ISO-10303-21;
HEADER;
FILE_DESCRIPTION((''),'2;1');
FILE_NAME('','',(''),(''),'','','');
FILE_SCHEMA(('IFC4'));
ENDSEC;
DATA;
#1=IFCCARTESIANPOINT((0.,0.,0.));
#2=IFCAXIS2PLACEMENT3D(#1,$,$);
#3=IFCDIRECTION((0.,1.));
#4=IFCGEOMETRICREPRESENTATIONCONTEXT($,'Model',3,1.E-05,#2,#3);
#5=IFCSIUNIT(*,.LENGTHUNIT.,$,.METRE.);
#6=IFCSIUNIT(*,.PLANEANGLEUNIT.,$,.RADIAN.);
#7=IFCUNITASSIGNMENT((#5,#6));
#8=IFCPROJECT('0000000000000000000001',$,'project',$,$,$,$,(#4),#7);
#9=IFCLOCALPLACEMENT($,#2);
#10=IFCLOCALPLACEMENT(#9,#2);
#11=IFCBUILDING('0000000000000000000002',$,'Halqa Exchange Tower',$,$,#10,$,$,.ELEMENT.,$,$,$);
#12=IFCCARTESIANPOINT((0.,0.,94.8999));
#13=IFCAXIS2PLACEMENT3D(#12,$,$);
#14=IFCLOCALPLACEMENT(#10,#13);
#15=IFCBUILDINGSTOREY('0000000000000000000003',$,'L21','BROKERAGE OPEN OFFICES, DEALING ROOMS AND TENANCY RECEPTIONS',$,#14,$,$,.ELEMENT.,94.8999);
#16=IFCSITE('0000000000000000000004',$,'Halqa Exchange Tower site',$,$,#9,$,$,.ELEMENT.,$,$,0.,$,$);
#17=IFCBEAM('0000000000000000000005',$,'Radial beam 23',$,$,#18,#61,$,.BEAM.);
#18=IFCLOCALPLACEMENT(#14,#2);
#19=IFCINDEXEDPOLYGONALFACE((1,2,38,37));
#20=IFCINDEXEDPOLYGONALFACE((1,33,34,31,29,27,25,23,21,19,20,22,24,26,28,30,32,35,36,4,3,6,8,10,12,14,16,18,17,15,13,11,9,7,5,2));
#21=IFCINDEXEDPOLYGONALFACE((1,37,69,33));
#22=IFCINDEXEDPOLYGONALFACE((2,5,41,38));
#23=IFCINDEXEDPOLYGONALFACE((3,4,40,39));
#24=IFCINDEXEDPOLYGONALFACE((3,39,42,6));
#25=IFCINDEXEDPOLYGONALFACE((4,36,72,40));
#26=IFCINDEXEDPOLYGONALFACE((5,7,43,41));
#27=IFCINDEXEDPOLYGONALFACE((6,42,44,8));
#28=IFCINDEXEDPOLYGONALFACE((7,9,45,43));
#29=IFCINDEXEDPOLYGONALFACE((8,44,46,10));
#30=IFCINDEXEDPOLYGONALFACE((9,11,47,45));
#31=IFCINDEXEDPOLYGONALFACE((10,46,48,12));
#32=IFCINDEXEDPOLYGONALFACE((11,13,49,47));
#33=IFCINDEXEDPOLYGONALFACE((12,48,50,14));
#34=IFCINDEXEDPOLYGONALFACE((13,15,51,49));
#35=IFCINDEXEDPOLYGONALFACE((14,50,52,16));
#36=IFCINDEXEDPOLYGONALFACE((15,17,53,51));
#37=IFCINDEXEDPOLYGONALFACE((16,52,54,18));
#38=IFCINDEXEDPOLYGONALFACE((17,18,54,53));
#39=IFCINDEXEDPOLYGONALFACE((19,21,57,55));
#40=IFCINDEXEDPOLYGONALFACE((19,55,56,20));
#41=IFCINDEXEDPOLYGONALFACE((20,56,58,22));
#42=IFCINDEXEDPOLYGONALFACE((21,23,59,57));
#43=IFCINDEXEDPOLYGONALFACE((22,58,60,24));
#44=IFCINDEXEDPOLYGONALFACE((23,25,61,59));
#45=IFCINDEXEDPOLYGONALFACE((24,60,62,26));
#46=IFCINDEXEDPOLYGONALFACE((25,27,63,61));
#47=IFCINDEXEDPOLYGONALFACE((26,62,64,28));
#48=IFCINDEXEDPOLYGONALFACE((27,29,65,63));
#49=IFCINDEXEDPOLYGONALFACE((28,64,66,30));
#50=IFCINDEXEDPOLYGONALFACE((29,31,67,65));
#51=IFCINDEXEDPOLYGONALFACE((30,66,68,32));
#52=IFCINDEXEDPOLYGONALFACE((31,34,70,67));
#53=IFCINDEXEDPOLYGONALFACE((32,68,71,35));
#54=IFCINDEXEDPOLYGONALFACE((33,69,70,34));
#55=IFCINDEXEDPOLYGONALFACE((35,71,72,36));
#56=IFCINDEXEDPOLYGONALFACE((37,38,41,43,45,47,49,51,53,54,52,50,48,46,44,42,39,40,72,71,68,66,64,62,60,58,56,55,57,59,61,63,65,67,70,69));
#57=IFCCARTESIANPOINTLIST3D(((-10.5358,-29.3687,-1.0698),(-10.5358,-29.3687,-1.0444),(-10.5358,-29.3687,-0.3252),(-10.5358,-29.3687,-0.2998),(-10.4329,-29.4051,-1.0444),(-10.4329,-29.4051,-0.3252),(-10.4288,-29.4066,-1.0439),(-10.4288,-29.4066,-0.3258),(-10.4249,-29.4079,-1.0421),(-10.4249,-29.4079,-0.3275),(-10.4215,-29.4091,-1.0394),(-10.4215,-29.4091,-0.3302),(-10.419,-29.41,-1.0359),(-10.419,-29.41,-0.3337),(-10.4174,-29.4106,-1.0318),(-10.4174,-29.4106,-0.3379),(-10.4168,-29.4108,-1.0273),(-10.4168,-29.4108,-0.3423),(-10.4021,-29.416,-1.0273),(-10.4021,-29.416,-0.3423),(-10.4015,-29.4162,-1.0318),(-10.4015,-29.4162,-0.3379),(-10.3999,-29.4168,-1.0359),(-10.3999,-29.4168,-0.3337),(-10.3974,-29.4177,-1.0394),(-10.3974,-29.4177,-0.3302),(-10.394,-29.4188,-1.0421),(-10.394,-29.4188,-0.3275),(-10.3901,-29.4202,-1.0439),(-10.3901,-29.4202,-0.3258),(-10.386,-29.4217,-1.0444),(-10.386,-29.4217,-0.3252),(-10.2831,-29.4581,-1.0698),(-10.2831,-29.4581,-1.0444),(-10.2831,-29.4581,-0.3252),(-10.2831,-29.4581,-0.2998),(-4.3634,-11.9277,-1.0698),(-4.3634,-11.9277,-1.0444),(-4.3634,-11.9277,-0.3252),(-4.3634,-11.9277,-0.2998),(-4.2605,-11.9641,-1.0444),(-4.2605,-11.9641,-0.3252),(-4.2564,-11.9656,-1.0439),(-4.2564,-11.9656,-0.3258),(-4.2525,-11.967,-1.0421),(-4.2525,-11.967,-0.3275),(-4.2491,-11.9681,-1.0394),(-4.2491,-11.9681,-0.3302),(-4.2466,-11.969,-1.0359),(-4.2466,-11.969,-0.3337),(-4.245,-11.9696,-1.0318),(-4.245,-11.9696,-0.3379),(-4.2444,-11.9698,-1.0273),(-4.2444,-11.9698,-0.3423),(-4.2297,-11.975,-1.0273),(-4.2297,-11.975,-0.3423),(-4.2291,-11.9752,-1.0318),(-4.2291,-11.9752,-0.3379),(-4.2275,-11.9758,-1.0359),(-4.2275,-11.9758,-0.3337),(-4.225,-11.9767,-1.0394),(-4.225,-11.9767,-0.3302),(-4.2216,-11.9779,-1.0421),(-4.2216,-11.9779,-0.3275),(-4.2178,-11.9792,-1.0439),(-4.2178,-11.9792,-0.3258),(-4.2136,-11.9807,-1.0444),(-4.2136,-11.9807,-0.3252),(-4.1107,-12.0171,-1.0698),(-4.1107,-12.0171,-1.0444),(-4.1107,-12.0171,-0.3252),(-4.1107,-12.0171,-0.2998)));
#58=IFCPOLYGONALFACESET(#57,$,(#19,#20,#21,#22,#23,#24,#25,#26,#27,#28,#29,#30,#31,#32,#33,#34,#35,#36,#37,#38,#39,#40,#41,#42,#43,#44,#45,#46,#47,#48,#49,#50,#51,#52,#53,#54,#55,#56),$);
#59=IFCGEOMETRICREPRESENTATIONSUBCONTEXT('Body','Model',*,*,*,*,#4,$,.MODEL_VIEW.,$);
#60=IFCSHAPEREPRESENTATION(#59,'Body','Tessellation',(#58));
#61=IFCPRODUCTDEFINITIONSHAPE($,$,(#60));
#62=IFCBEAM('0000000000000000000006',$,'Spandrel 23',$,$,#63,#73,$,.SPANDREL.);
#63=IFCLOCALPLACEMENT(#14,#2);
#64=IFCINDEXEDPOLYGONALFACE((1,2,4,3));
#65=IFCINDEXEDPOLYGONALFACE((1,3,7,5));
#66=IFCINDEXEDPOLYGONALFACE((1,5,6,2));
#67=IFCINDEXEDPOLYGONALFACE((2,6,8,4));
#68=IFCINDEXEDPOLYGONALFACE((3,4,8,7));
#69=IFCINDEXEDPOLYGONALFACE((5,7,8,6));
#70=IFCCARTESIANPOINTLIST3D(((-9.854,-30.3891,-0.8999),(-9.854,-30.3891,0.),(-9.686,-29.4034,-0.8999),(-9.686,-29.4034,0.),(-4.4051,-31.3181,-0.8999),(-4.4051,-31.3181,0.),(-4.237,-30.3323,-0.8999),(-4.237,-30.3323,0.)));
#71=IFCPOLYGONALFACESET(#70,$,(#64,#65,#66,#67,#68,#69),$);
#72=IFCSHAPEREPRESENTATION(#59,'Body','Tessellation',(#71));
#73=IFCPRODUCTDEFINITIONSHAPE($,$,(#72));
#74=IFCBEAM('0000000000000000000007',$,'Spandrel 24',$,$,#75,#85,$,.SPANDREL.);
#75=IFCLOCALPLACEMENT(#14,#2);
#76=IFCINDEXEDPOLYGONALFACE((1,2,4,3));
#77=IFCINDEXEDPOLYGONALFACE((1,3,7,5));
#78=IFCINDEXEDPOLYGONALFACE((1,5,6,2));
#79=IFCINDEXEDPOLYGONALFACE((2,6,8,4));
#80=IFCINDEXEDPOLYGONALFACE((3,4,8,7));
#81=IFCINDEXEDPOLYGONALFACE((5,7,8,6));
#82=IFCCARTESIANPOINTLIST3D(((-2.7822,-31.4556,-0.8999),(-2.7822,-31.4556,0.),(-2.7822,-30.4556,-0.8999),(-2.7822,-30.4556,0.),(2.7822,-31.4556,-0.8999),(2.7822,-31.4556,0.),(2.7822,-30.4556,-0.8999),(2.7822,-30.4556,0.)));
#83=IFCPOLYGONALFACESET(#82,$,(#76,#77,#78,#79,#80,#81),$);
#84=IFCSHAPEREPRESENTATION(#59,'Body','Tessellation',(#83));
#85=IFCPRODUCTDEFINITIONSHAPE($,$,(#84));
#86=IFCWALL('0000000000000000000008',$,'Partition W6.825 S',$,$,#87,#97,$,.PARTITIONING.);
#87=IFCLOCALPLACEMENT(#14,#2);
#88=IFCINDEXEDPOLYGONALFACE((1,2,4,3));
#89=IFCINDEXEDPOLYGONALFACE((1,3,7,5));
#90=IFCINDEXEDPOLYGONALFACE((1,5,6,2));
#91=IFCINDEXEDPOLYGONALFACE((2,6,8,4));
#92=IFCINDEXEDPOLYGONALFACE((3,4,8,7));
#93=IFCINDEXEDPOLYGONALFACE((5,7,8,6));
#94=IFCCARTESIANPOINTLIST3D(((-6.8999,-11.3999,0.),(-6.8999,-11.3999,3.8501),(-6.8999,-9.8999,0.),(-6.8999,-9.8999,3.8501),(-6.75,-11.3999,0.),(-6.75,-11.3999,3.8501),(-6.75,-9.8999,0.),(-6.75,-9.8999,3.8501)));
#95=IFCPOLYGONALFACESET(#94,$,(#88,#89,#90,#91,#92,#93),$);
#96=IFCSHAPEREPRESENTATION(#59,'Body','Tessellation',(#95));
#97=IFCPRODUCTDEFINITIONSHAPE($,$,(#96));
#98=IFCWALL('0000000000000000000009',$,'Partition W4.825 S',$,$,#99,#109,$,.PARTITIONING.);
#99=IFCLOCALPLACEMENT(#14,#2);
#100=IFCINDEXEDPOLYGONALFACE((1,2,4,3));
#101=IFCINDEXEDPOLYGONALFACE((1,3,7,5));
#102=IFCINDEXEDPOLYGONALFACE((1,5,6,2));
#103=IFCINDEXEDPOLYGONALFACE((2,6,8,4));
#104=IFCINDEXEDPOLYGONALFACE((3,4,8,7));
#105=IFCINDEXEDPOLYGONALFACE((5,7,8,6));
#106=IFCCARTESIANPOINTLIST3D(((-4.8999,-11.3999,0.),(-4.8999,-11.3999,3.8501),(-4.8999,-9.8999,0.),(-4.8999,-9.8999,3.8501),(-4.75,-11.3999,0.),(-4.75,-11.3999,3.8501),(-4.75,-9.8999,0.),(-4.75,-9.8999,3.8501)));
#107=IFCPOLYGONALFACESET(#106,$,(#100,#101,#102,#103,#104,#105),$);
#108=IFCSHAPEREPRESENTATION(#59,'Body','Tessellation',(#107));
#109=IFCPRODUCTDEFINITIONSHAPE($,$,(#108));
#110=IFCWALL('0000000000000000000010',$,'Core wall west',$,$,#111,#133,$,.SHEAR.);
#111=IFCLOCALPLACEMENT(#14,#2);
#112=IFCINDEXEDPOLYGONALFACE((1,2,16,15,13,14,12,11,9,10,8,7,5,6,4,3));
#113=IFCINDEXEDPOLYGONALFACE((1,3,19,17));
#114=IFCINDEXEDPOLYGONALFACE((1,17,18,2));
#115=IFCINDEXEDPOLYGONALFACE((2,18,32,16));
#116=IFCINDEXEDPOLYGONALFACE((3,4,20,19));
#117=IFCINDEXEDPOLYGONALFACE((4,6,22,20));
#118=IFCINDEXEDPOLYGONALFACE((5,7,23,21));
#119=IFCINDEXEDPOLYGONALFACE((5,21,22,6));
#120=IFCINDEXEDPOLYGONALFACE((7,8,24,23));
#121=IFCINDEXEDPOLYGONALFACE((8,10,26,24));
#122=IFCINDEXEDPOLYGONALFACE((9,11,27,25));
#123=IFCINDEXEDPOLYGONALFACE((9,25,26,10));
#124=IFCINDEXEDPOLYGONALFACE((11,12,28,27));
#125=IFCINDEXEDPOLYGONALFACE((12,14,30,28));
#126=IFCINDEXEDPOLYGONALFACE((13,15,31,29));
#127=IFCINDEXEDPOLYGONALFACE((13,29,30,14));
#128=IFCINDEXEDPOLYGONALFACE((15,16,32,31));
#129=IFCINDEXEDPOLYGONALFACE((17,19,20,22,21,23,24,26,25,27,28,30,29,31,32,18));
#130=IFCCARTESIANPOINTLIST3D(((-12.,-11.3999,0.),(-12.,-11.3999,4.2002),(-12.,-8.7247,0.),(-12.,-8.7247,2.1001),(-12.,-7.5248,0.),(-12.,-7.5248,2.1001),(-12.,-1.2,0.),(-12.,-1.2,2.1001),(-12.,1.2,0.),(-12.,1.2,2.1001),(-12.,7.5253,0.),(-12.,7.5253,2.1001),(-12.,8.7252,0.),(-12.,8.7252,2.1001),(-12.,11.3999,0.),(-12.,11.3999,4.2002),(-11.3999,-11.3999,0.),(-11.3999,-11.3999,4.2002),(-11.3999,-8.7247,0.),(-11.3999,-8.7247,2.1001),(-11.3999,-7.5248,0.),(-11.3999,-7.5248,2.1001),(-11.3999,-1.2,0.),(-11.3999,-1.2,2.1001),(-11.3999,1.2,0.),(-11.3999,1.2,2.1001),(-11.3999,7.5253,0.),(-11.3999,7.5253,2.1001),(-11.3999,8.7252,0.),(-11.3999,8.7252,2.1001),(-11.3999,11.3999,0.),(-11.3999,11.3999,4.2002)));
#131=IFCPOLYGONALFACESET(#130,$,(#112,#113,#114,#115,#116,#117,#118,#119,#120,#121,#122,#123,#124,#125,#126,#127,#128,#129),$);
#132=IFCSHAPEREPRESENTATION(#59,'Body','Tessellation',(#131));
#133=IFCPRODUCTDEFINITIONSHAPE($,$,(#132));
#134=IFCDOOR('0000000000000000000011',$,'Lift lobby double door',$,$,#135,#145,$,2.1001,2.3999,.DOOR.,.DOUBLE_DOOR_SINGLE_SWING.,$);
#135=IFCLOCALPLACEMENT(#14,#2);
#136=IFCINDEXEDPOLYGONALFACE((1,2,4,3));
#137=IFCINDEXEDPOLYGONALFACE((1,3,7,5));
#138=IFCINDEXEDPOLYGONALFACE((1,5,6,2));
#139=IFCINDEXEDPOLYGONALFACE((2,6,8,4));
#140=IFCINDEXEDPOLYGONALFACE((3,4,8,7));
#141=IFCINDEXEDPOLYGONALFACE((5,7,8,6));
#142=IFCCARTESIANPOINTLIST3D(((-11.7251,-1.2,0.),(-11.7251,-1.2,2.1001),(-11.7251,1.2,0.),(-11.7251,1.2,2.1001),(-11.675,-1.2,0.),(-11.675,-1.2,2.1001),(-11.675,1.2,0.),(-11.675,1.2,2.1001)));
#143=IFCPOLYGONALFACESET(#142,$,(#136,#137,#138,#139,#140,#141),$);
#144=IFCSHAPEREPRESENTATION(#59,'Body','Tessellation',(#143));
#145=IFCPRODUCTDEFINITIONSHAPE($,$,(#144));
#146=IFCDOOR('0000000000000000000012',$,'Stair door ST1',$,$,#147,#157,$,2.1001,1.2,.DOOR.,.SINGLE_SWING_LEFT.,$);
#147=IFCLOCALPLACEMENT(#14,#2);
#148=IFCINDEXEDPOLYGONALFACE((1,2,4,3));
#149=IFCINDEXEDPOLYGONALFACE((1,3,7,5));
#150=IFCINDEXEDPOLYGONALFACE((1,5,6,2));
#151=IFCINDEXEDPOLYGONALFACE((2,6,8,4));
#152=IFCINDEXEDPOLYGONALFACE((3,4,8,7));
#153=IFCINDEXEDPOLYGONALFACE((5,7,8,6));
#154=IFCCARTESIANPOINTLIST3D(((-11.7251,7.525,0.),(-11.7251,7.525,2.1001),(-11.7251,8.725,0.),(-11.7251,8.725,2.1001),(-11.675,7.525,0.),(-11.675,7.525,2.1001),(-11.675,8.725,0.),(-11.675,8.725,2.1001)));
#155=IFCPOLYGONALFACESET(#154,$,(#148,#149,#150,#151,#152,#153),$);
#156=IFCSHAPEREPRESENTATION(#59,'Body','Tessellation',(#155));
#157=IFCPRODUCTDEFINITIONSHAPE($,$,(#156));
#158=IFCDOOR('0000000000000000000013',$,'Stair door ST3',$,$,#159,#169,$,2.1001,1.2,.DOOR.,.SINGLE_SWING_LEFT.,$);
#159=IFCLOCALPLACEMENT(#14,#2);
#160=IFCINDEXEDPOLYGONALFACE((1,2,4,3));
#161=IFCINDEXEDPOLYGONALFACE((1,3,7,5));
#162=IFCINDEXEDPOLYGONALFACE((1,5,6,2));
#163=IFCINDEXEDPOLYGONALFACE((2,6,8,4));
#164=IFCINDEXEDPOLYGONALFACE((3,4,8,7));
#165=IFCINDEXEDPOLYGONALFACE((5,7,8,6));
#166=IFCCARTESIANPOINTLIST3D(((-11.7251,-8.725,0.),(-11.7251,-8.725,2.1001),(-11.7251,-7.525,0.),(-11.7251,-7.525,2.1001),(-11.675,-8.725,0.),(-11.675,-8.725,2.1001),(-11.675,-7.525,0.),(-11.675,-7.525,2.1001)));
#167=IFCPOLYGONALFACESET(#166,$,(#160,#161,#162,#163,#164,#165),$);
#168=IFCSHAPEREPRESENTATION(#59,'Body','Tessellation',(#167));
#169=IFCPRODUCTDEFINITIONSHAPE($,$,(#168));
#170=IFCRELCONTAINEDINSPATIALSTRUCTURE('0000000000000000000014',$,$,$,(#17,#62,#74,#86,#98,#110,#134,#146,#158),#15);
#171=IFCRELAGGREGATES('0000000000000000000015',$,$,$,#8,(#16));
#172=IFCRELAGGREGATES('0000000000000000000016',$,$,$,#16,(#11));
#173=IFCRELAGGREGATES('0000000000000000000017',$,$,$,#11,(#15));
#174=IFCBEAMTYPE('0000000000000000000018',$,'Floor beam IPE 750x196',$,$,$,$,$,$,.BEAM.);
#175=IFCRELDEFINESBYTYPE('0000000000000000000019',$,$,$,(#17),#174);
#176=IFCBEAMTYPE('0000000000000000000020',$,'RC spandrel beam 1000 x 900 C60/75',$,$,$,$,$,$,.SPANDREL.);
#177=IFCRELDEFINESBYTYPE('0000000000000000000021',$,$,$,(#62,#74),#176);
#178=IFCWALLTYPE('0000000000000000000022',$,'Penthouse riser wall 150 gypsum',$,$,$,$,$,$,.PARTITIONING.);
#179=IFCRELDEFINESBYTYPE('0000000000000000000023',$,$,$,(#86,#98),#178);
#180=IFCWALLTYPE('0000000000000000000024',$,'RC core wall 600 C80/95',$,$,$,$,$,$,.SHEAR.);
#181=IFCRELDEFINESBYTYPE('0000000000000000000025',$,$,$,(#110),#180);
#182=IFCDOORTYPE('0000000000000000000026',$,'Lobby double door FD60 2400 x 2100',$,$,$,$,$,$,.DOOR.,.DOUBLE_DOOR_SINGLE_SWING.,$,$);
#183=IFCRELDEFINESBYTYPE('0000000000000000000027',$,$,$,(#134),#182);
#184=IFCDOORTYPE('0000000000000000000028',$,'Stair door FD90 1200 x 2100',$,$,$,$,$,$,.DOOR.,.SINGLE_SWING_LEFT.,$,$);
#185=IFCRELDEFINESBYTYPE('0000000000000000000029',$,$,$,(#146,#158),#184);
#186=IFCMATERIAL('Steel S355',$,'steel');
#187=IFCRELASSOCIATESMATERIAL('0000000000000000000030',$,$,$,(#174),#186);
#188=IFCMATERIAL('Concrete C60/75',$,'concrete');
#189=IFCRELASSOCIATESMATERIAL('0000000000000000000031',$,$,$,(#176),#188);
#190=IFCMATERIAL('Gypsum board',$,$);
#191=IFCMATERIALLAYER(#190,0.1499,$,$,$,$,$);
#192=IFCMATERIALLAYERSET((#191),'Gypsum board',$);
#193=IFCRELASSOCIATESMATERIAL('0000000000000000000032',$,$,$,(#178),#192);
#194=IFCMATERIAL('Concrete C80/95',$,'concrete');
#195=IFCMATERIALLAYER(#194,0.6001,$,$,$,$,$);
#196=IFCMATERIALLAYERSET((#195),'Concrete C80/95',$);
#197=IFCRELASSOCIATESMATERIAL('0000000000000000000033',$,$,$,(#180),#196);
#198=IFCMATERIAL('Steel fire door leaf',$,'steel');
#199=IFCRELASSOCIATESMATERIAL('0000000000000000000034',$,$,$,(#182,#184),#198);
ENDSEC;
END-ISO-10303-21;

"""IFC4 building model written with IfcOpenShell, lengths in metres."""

from ifc_helpers import new_model, si_unit, direction, frame, frame_2d, origin, origin_2d, place, context, subcontext, project, spatial, rectangle, i_section, extrude, material, layer, layer_set, material_profile, profile_set, type_object, element, fill, save


model = new_model("IFC4")

# Units and contexts
model_context = context("Model", 3, precision=1e-05, world=origin(), true_north=direction((0.0, 1.0)))
body_context = subcontext(model_context, "Body", "Model", "MODEL_VIEW")
ifc_project = project(units=[si_unit("LENGTHUNIT", "METRE"), si_unit("PLANEANGLEUNIT", "RADIAN")], contexts=[model_context])

# Site, building, storey
site_placement = place(None, origin())
site = spatial("IfcSite", under=ifc_project, at=site_placement, Name="Halqa Exchange Tower site", CompositionType="ELEMENT", RefElevation=0.0)
building_placement = place(site_placement, origin())
building = spatial("IfcBuilding", under=site, at=building_placement, Name="Halqa Exchange Tower", CompositionType="ELEMENT")
storey_placement = place(building_placement, frame((0.0, 0.0, 94.8999)))
storey = spatial("IfcBuildingStorey", under=building, at=storey_placement, Name="L21", Description="BROKERAGE OPEN OFFICES, DEALING ROOMS AND TENANCY RECEPTIONS", CompositionType="ELEMENT", Elevation=94.8999)

# Beams
ifc_material_1 = material(Name="Steel S355", Category="steel")
ifc_material_profile_1 = material_profile(ifc_material_1, i_section(OverallWidth=0.2681, OverallDepth=0.77, WebThickness=0.0156, FlangeThickness=0.0254, FilletRadius=0.0171, at=origin_2d()), Name="IPE 750x196")
ifc_profile_set_1 = profile_set([ifc_material_profile_1], Name="Steel S355")
beam_type_1 = type_object("IfcBeamType", Name="Floor beam IPE 750x196", PredefinedType="BEAM", material=ifc_profile_set_1)
beam_1_placement = place(storey_placement, frame((-4.2371, -11.9724, -0.6848), z_axis=(-0.333625, -0.942706, 0.0), x_axis=(0.942706, -0.333625, 0.0)))
element("IfcBeam", 1, at=beam_1_placement, inside=storey, type_object=beam_type_1, Name="Radial beam 23", PredefinedType="BEAM", context=body_context, shape_type="SweptSolid", body=[
    extrude(i_section(OverallWidth=0.2681, OverallDepth=0.77, WebThickness=0.0156, FlangeThickness=0.0254, FilletRadius=0.0171, at=origin_2d()), origin(), (0.0, 0.0, 1.0), 18.501),
])
ifc_material_2 = material(Name="Concrete C60/75", Category="concrete")
ifc_material_profile_2 = material_profile(ifc_material_2, rectangle(XDim=1.0, YDim=0.8999, at=origin_2d()), Name="1000 x 900")
ifc_profile_set_2 = profile_set([ifc_material_profile_2], Name="Concrete C60/75")
beam_type_2 = type_object("IfcBeamType", Name="RC spandrel beam 1000 x 900 C60/75", PredefinedType="SPANDREL", material=ifc_profile_set_2)
beam_2_placement = place(storey_placement, frame((-9.77, -29.8962, -0.45), z_axis=(0.985777, -0.168058, 0.0), x_axis=(0.168058, 0.985777, 0.0)))
element("IfcBeam", 2, at=beam_2_placement, inside=storey, type_object=beam_type_2, Name="Spandrel 23", PredefinedType="SPANDREL", context=body_context, shape_type="SweptSolid", body=[
    extrude(rectangle(XDim=1.0, YDim=0.8999, at=origin_2d()), origin(), (0.0, 0.0, 1.0), 5.5276),
])
beam_3_placement = place(storey_placement, frame((-2.7822, -30.9556, -0.45), z_axis=(1.0, 0.0, 0.0), x_axis=(0.0, 1.0, 0.0)))
element("IfcBeam", 3, at=beam_3_placement, inside=storey, type_object=beam_type_2, Name="Spandrel 24", PredefinedType="SPANDREL", context=body_context, shape_type="SweptSolid", body=[
    extrude(rectangle(XDim=1.0, YDim=0.8999, at=origin_2d()), origin(), (0.0, 0.0, 1.0), 5.5645),
])

# Walls
ifc_material_3 = material(Name="Gypsum board")
ifc_layer_1 = layer(ifc_material_3, 0.1499)
ifc_layer_set_1 = layer_set([ifc_layer_1], Name="Gypsum board")
wall_type_1 = type_object("IfcWallType", Name="Penthouse riser wall 150 gypsum", PredefinedType="PARTITIONING", material=ifc_layer_set_1)
for number, where, z_axis, x_axis, name in (
    (4, (-6.825, -11.3999, 0.0), (0.0, 0.0, 1.0), (0.0, 1.0, 0.0), "Partition W6.825 S"),
    (5, (-4.825, -11.3999, 0.0), (0.0, 0.0, 1.0), (0.0, 1.0, 0.0), "Partition W4.825 S"),
):
    element("IfcWall", number, at=place(storey_placement, frame(where, z_axis=z_axis, x_axis=x_axis)), inside=storey, type_object=wall_type_1, Name=name, PredefinedType="PARTITIONING", context=body_context, shape_type="SweptSolid", body=[
        extrude(rectangle(XDim=1.5, YDim=0.1499, at=frame_2d((0.75, 0.0))), origin(), (0.0, 0.0, 1.0), 3.8501),
    ])

# Wall, openings, doors
ifc_material_4 = material(Name="Concrete C80/95", Category="concrete")
ifc_layer_2 = layer(ifc_material_4, 0.6001)
ifc_layer_set_2 = layer_set([ifc_layer_2], Name="Concrete C80/95")
wall_type_2 = type_object("IfcWallType", Name="RC core wall 600 C80/95", PredefinedType="SHEAR", material=ifc_layer_set_2)
wall_1_placement = place(storey_placement, frame((-11.7, -11.3999, 0.0), z_axis=(0.0, 0.0, 1.0), x_axis=(0.0, 1.0, 0.0)))
wall_1 = element("IfcWall", 6, at=wall_1_placement, inside=storey, type_object=wall_type_2, Name="Core wall west", PredefinedType="SHEAR", context=body_context, shape_type="SweptSolid", body=[
    extrude(rectangle(XDim=22.7998, YDim=0.6001, at=frame_2d((11.3999, 0.0))), origin(), (0.0, 0.0, 1.0), 4.2002),
])
opening_1_placement = place(wall_1_placement, frame((10.2, 0.0, 0.0)))
opening_1 = element("IfcOpeningElement", 7, at=opening_1_placement, cuts=wall_1, PredefinedType="OPENING", context=body_context, shape_type="SweptSolid", body=[
    extrude(rectangle(XDim=2.3999, YDim=2.1001, at=frame_2d((1.2, 1.05))), frame((0.0, 0.312, 0.0), z_axis=(0.0, -1.0, 0.0), x_axis=(1.0, 0.0, 0.0)), (0.0, 0.0, 1.0), 0.624),
])
opening_2_placement = place(wall_1_placement, frame((18.925, 0.0, 0.0)))
opening_2 = element("IfcOpeningElement", 8, at=opening_2_placement, cuts=wall_1, PredefinedType="OPENING", context=body_context, shape_type="SweptSolid", body=[
    extrude(rectangle(XDim=1.2, YDim=2.1001, at=frame_2d((0.6001, 1.05))), frame((0.0, 0.312, 0.0), z_axis=(0.0, -1.0, 0.0), x_axis=(1.0, 0.0, 0.0)), (0.0, 0.0, 1.0), 0.624),
])
opening_3_placement = place(wall_1_placement, frame((2.675, 0.0, 0.0)))
opening_3 = element("IfcOpeningElement", 9, at=opening_3_placement, cuts=wall_1, PredefinedType="OPENING", context=body_context, shape_type="SweptSolid", body=[
    extrude(rectangle(XDim=1.2, YDim=2.1001, at=frame_2d((0.6001, 1.05))), frame((0.0, 0.312, 0.0), z_axis=(0.0, -1.0, 0.0), x_axis=(1.0, 0.0, 0.0)), (0.0, 0.0, 1.0), 0.624),
])
ifc_material_5 = material(Name="Steel fire door leaf", Category="steel")
door_type_1 = type_object("IfcDoorType", Name="Lobby double door FD60 2400 x 2100", OperationType="DOUBLE_DOOR_SINGLE_SWING", PredefinedType="DOOR", material=ifc_material_5)
door_1_placement = place(opening_1_placement, frame((2.3999, 0.0, 0.0), z_axis=(0.0, 0.0, 1.0), x_axis=(-1.0, 0.0, 0.0)))
door_1 = element("IfcDoor", 10, at=door_1_placement, inside=storey, type_object=door_type_1, Name="Lift lobby double door", OperationType="DOUBLE_DOOR_SINGLE_SWING", OverallHeight=2.1001, OverallWidth=2.3999, PredefinedType="DOOR", context=body_context, shape_type="SweptSolid", body=[
    extrude(rectangle(XDim=2.3999, YDim=2.1001, at=frame_2d((1.2, 1.05))), frame((0.0, 0.0249, 0.0), z_axis=(0.0, -1.0, 0.0), x_axis=(1.0, 0.0, 0.0)), (0.0, 0.0, 1.0), 0.05),
])
fill(opening_1, door_1)
door_type_2 = type_object("IfcDoorType", Name="Stair door FD90 1200 x 2100", OperationType="SINGLE_SWING_LEFT", PredefinedType="DOOR", material=ifc_material_5)
door_2_placement = place(opening_2_placement, frame((1.2, 0.0, 0.0), z_axis=(0.0, 0.0, 1.0), x_axis=(-1.0, 0.0, 0.0)))
door_2 = element("IfcDoor", 11, at=door_2_placement, inside=storey, type_object=door_type_2, Name="Stair door ST1", OperationType="SINGLE_SWING_LEFT", OverallHeight=2.1001, OverallWidth=1.2, PredefinedType="DOOR", context=body_context, shape_type="SweptSolid", body=[
    extrude(rectangle(XDim=1.2, YDim=2.1001, at=frame_2d((0.6001, 1.05))), frame((0.0, 0.0249, 0.0), z_axis=(0.0, -1.0, 0.0), x_axis=(1.0, 0.0, 0.0)), (0.0, 0.0, 1.0), 0.05),
])
fill(opening_2, door_2)
door_3_placement = place(opening_3_placement, frame((1.2, 0.0, 0.0), z_axis=(0.0, 0.0, 1.0), x_axis=(-1.0, 0.0, 0.0)))
door_3 = element("IfcDoor", 12, at=door_3_placement, inside=storey, type_object=door_type_2, Name="Stair door ST3", OperationType="SINGLE_SWING_LEFT", OverallHeight=2.1001, OverallWidth=1.2, PredefinedType="DOOR", context=body_context, shape_type="SweptSolid", body=[
    extrude(rectangle(XDim=1.2, YDim=2.1001, at=frame_2d((0.6001, 1.05))), frame((0.0, 0.0249, 0.0), z_axis=(0.0, -1.0, 0.0), x_axis=(1.0, 0.0, 0.0)), (0.0, 0.0, 1.0), 0.05),
])
fill(opening_3, door_3)

save(model, "model.ifc")
